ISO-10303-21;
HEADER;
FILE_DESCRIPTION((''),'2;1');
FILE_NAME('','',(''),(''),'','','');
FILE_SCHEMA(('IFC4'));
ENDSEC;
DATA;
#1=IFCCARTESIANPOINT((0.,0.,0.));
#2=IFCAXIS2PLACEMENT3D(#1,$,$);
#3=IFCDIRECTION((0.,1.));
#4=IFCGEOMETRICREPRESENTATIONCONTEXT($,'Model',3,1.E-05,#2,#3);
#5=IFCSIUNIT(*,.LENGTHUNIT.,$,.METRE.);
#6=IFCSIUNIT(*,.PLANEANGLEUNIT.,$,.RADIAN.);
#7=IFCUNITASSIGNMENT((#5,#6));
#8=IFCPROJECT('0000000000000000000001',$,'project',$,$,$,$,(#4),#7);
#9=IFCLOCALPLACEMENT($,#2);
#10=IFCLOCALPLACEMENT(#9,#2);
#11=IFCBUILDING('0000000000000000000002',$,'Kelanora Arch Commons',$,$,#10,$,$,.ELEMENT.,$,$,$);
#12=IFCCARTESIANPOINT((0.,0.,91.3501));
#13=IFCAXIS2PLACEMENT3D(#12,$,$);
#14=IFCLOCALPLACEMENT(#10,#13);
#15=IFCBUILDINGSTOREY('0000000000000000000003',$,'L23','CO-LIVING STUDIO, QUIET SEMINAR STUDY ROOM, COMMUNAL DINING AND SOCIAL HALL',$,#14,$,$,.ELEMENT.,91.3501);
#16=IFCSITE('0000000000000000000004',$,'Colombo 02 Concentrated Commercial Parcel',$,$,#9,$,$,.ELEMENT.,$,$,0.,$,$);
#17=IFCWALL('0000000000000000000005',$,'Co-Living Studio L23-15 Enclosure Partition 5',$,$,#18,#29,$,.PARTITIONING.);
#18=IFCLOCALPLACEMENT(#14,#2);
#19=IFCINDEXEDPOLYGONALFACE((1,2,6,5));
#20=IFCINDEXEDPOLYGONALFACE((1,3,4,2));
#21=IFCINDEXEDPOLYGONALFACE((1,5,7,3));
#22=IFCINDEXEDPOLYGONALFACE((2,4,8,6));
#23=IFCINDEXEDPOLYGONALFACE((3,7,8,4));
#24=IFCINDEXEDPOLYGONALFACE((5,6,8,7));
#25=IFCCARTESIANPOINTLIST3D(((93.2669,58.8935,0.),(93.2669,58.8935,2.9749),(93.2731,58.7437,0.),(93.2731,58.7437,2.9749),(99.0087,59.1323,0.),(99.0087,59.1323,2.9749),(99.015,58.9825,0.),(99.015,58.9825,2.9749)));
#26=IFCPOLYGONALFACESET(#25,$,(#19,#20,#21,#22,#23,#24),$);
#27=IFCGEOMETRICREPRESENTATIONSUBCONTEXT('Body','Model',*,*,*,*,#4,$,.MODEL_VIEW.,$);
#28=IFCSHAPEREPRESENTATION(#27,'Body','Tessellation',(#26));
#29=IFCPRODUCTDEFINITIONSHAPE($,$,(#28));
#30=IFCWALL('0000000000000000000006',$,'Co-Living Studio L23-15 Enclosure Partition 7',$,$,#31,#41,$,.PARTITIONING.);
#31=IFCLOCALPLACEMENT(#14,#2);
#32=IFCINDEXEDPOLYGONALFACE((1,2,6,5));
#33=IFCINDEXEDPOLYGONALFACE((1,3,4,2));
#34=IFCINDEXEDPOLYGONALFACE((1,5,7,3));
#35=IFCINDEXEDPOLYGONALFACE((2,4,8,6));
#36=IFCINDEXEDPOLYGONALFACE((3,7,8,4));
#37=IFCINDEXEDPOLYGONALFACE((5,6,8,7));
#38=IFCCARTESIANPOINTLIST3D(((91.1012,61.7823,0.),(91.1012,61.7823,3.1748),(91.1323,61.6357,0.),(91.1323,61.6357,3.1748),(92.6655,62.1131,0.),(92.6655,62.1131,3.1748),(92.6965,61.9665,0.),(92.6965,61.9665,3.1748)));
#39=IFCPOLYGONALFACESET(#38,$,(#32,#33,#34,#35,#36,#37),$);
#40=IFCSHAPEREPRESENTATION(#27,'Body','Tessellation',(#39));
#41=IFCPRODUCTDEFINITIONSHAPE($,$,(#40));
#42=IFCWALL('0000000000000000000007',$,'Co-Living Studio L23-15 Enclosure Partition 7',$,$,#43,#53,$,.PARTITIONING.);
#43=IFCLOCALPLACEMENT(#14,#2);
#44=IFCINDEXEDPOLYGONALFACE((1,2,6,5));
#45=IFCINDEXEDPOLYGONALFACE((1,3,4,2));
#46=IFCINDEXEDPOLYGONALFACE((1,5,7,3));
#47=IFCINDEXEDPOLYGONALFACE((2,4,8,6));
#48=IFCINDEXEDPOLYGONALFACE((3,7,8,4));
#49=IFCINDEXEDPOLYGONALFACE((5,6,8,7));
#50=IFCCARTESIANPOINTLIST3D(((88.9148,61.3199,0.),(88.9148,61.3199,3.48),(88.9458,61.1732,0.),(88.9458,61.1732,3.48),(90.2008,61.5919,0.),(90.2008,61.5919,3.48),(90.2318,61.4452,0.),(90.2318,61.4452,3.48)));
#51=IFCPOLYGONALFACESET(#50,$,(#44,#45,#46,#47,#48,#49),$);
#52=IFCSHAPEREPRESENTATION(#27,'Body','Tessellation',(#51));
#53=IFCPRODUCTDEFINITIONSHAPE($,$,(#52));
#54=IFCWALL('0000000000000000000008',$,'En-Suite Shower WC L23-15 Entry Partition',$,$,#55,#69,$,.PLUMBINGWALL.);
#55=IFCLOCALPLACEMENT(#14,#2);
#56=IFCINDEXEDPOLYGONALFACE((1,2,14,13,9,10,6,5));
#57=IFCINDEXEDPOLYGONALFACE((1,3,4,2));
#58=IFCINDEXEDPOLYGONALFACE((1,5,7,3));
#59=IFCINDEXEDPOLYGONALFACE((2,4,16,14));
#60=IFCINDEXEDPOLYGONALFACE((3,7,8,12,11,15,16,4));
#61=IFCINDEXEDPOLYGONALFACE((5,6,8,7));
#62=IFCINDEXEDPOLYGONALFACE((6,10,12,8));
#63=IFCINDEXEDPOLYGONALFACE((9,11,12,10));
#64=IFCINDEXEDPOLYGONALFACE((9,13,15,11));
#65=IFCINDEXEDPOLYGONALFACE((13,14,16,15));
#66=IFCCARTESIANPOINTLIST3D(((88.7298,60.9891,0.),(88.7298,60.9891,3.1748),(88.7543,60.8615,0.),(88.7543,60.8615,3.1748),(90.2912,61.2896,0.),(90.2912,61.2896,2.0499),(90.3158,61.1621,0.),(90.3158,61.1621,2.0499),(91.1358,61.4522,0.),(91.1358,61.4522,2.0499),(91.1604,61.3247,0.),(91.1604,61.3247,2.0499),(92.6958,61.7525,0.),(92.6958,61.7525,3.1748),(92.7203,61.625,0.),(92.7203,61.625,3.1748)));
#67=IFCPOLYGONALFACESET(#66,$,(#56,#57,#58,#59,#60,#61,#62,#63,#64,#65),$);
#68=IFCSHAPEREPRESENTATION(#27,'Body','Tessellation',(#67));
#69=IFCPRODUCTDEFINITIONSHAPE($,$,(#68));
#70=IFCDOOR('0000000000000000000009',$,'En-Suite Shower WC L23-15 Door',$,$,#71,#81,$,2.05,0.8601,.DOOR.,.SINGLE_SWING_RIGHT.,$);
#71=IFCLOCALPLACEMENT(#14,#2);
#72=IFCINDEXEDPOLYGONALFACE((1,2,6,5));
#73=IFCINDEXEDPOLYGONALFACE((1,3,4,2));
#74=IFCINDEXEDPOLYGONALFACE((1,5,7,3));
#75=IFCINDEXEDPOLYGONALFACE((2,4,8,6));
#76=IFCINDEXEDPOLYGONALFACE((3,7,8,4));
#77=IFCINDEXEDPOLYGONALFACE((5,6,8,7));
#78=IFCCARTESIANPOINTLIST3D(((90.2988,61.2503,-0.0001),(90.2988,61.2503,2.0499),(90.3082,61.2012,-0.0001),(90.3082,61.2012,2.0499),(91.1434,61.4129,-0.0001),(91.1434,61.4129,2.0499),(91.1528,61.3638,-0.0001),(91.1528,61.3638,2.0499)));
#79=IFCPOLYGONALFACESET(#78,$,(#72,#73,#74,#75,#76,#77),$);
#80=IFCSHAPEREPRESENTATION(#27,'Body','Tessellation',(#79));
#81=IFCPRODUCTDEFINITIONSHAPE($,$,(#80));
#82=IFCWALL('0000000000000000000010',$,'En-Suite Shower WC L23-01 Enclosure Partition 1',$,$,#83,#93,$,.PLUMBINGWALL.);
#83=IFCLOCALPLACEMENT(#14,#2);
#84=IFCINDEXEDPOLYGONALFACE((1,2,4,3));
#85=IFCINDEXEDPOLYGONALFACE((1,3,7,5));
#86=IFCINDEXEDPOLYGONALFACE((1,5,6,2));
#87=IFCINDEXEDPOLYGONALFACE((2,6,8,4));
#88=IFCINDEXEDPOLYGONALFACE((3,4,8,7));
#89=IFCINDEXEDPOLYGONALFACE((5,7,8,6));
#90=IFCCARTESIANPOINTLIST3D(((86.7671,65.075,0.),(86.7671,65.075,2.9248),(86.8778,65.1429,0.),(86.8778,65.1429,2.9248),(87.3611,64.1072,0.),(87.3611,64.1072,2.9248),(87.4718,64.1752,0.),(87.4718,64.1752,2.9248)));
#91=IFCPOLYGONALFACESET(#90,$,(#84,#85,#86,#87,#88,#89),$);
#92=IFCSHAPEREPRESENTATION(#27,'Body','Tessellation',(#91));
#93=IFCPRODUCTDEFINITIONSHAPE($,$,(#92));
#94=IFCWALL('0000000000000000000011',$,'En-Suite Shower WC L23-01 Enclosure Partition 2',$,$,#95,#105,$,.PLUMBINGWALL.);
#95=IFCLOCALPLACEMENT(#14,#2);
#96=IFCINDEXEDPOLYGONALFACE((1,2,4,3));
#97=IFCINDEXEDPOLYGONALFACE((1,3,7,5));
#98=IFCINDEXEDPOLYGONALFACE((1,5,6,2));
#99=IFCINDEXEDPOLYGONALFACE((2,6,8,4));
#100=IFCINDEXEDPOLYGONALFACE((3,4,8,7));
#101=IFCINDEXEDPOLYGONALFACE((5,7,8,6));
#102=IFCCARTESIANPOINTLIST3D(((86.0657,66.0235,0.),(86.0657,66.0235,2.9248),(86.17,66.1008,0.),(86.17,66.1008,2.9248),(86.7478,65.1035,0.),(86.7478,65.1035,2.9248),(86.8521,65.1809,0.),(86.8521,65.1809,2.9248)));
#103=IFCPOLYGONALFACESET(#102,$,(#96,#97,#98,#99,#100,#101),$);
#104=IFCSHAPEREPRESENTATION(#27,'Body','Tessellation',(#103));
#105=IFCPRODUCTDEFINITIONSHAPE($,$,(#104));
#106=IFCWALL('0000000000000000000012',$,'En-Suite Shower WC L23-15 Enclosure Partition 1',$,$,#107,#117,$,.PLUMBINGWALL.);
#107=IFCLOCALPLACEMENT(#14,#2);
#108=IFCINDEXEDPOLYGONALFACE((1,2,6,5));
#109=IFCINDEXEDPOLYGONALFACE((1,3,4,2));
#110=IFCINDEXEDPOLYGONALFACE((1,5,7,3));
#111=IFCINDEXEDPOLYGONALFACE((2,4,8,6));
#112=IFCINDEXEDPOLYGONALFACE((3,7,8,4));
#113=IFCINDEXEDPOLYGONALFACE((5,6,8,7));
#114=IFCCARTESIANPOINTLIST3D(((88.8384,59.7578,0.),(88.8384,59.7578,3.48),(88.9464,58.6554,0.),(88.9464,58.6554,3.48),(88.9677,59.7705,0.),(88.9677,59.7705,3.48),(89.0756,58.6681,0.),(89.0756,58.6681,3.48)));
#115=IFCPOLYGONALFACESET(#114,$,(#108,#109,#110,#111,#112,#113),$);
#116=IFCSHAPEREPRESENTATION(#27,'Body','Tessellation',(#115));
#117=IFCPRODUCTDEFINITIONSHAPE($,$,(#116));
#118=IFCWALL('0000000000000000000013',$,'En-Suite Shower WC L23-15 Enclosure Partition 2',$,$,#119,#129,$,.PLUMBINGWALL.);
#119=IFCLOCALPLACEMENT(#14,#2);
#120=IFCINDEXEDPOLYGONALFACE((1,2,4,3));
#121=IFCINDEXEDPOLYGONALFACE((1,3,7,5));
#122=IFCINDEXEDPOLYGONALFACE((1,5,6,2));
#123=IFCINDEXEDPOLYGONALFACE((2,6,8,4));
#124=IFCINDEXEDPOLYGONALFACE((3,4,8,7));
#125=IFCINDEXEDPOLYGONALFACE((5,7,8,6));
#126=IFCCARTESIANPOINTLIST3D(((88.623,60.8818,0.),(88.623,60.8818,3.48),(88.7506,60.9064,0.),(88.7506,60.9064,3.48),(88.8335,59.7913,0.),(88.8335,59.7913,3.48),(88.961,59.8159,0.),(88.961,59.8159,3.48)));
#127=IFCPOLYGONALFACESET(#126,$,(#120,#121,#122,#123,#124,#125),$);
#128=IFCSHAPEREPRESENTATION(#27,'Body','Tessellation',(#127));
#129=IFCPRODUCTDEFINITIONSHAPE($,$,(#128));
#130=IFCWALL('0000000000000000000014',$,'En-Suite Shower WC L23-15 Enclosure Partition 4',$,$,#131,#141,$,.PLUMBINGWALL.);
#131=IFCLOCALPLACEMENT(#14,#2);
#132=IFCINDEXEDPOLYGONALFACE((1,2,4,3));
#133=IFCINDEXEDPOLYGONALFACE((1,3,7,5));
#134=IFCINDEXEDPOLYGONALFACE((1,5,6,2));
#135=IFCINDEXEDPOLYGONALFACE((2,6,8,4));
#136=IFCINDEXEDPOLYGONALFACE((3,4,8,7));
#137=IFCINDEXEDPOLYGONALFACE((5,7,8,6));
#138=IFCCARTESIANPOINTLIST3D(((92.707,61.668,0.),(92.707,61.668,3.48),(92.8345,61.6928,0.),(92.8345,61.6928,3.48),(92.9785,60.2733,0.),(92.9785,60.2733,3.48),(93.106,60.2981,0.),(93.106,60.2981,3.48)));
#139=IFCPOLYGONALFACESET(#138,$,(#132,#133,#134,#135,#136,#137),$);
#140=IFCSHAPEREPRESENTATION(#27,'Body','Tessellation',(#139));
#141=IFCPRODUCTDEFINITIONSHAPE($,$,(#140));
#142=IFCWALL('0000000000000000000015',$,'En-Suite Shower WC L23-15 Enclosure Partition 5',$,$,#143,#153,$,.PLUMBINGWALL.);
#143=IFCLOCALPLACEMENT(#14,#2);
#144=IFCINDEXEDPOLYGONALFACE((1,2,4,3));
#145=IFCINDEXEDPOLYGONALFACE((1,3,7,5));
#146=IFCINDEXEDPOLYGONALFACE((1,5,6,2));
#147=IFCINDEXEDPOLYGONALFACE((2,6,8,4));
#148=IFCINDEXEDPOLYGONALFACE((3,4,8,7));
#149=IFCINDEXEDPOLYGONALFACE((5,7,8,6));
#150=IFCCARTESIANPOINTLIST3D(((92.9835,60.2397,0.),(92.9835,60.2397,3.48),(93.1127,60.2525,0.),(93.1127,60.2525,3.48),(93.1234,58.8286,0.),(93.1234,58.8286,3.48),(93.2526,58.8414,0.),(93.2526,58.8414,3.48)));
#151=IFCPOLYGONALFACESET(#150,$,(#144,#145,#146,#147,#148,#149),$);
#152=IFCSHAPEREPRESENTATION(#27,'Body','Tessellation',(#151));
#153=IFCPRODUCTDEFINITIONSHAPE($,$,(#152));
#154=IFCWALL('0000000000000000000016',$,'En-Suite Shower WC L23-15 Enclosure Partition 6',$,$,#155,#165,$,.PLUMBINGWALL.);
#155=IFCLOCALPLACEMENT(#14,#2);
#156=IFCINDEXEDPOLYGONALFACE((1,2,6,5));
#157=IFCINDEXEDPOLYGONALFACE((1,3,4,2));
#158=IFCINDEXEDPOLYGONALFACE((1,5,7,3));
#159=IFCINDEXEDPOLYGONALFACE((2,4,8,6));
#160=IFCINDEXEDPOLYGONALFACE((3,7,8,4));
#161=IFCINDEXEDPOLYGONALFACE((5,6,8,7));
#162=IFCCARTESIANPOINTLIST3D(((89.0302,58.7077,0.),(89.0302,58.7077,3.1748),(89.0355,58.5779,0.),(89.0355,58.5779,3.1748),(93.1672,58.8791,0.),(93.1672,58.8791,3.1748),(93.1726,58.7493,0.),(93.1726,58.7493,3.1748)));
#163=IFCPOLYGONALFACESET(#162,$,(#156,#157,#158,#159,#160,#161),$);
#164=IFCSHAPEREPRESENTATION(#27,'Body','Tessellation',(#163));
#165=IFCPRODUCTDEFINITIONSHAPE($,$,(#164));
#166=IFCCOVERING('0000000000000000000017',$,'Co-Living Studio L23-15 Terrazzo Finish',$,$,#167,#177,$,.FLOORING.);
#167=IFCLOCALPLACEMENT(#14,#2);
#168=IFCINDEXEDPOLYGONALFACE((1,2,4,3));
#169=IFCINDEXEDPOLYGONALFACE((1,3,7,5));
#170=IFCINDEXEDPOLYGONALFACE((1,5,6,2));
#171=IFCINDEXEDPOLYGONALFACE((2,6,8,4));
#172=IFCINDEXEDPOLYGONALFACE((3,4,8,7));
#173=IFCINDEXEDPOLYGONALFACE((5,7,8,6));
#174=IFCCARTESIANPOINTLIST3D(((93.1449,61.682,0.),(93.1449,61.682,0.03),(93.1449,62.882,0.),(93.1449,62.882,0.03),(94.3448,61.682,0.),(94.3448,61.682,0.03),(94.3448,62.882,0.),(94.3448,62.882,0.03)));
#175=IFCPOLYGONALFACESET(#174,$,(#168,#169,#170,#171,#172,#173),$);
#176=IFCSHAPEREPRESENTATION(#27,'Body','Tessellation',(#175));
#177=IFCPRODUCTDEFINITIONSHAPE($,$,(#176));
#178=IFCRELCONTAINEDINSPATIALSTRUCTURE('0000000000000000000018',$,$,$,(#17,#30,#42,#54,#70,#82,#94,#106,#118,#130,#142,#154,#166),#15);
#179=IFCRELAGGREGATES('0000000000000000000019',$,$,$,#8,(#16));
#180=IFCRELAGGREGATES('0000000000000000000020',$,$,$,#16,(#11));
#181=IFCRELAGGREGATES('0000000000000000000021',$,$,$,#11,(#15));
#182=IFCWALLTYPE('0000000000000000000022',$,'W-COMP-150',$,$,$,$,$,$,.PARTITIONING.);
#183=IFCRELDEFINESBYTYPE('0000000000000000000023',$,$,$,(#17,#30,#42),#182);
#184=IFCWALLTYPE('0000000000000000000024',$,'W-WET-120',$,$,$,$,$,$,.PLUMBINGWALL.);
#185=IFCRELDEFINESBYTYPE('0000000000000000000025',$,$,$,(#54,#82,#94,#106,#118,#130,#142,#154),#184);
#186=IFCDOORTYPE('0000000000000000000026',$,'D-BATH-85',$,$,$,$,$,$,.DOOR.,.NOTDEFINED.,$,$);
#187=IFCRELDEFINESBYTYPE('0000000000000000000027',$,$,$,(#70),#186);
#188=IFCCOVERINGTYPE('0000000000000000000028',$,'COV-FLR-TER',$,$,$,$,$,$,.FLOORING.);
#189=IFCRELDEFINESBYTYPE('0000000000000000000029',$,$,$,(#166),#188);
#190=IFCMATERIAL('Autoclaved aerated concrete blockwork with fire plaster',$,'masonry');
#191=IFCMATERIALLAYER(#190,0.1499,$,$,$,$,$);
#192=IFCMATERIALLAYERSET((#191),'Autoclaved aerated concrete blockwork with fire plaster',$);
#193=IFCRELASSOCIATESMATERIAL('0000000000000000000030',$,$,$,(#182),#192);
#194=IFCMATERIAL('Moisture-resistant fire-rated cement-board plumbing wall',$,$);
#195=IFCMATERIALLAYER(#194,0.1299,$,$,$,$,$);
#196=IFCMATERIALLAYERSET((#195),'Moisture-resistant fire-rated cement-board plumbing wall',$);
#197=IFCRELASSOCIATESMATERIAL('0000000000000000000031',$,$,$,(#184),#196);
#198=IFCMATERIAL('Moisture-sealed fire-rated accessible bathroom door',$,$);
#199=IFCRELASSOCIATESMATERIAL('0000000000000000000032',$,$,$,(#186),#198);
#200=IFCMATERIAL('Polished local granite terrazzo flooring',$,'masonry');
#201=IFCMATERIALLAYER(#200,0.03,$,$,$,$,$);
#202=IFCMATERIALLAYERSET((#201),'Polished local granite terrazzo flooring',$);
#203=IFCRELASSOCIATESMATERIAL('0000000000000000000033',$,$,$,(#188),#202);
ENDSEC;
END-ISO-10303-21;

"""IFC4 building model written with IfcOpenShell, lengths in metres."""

from ifc_helpers import new_model, si_unit, direction, frame, frame_2d, origin, origin_2d, place, context, subcontext, project, spatial, rectangle, extrude, source, transform, mapped, material, layer, layer_set, type_object, element, fill, save


model = new_model("IFC4")

# Units and contexts
model_context = context("Model", 3, precision=1e-05, world=origin(), true_north=direction((0.0, 1.0)))
body_context = subcontext(model_context, "Body", "Model", "MODEL_VIEW")
ifc_project = project(units=[si_unit("LENGTHUNIT", "METRE"), si_unit("PLANEANGLEUNIT", "RADIAN")], contexts=[model_context])

# Site, building, storey
site_placement = place(None, origin())
site = spatial("IfcSite", under=ifc_project, at=site_placement, Name="Colombo 02 Concentrated Commercial Parcel", CompositionType="ELEMENT", RefElevation=0.0)
building_placement = place(site_placement, origin())
building = spatial("IfcBuilding", under=site, at=building_placement, Name="Kelanora Arch Commons", CompositionType="ELEMENT")
storey_placement = place(building_placement, frame((0.0, 0.0, 91.3501)))
storey = spatial("IfcBuildingStorey", under=building, at=storey_placement, Name="L23", Description="CO-LIVING STUDIO, QUIET SEMINAR STUDY ROOM, COMMUNAL DINING AND SOCIAL HALL", CompositionType="ELEMENT", Elevation=91.3501)

# Shared definitions
ifc_material_1 = material(Name="Autoclaved aerated concrete blockwork with fire plaster", Category="masonry")
ifc_layer_1 = layer(ifc_material_1, 0.1499)
ifc_layer_set_1 = layer_set([ifc_layer_1], Name="Autoclaved aerated concrete blockwork with fire plaster")
wall_type_1 = type_object("IfcWallType", Name="W-COMP-150", PredefinedType="PARTITIONING", material=ifc_layer_set_1)

# Walls
wall_1_placement = place(storey_placement, frame((99.012, 59.0574, 0.0), z_axis=(0.0, 0.0, 1.0), x_axis=(-0.999137, -0.041547, 0.0)))
element("IfcWall", 1, at=wall_1_placement, inside=storey, type_object=wall_type_1, Name="Co-Living Studio L23-15 Enclosure Partition 5", PredefinedType="PARTITIONING", context=body_context, shape_type="SweptSolid", body=[
    extrude(rectangle(XDim=5.7468, YDim=0.1499, at=frame_2d((2.8735, 0.0))), origin(), (0.0, 0.0, 1.0), 2.9749),
])
wall_2_placement = place(storey_placement, frame((92.6809, 62.0398, 0.0), z_axis=(0.0, 0.0, 1.0), x_axis=(-0.97836, -0.206911, 0.0)))
element("IfcWall", 2, at=wall_2_placement, inside=storey, type_object=wall_type_1, Name="Co-Living Studio L23-15 Enclosure Partition 7", PredefinedType="PARTITIONING", context=body_context, shape_type="SweptSolid", body=[
    extrude(rectangle(XDim=1.5989, YDim=0.1499, at=frame_2d((0.7993, 0.0))), origin(), (0.0, 0.0, 1.0), 3.1748),
])
wall_3_placement = place(storey_placement, frame((90.2163, 61.5186, 0.0), z_axis=(0.0, 0.0, 1.0), x_axis=(-0.978356, -0.206928, 0.0)))
element("IfcWall", 3, at=wall_3_placement, inside=storey, type_object=wall_type_1, Name="Co-Living Studio L23-15 Enclosure Partition 7", PredefinedType="PARTITIONING", context=body_context, shape_type="SweptSolid", body=[
    extrude(rectangle(XDim=1.3145, YDim=0.1499, at=frame_2d((0.6572, 0.0))), origin(), (0.0, 0.0, 1.0), 3.48),
])

# Wall, opening, door
ifc_material_2 = material(Name="Moisture-resistant fire-rated cement-board plumbing wall")
ifc_layer_2 = layer(ifc_material_2, 0.1299)
ifc_layer_set_2 = layer_set([ifc_layer_2], Name="Moisture-resistant fire-rated cement-board plumbing wall")
wall_type_2 = type_object("IfcWallType", Name="W-WET-120", PredefinedType="PLUMBINGWALL", material=ifc_layer_set_2)
wall_4_placement = place(storey_placement, frame((88.7419, 60.9253, 0.0), z_axis=(0.0, 0.0, 1.0), x_axis=(0.981973, 0.18902, 0.0)))
wall_4 = element("IfcWall", 4, at=wall_4_placement, inside=storey, type_object=wall_type_2, Name="En-Suite Shower WC L23-15 Entry Partition", PredefinedType="PLUMBINGWALL", context=body_context, shape_type="SweptSolid", body=[
    extrude(rectangle(XDim=4.0388, YDim=0.1299, at=frame_2d((2.0195, 0.0))), origin(), (0.0, 0.0, 1.0), 3.1748),
])
opening_1_placement = place(wall_4_placement, frame((1.5901, 0.0, 0.0)))
opening_1 = element("IfcOpeningElement", 5, at=opening_1_placement, cuts=wall_4, PredefinedType="OPENING", context=body_context, shape_type="SweptSolid", body=[
    extrude(rectangle(XDim=0.8601, YDim=2.05, at=frame_2d((0.4302, 1.0249))), frame((0.0, 0.075, 0.0), z_axis=(0.0, -1.0, 0.0), x_axis=(1.0, 0.0, 0.0)), (0.0, 0.0, 1.0), 0.1499),
])
ifc_material_3 = material(Name="Moisture-sealed fire-rated accessible bathroom door")
door_type_1 = type_object("IfcDoorType", Name="D-BATH-85", OperationType="NOTDEFINED", PredefinedType="DOOR", material=ifc_material_3)
door_1_placement = place(opening_1_placement, origin())
door_1 = element("IfcDoor", 6, at=door_1_placement, inside=storey, type_object=door_type_1, Name="En-Suite Shower WC L23-15 Door", OperationType="SINGLE_SWING_RIGHT", OverallHeight=2.05, OverallWidth=0.8601, PredefinedType="DOOR", context=body_context, shape_type="SweptSolid", body=[
    extrude(rectangle(XDim=0.8601, YDim=2.05, at=frame_2d((0.4302, 1.0249))), frame((0.0, 0.0249, 0.0), z_axis=(0.0, -1.0, 0.0), x_axis=(1.0, 0.0, 0.0)), (0.0, 0.0, 1.0), 0.05),
])
fill(opening_1, door_1)

# Walls
wall_5_placement = place(storey_placement, frame((87.4165, 64.1411, 0.0), z_axis=(0.0, 0.0, 1.0), x_axis=(-0.523101, 0.85227, 0.0)))
element("IfcWall", 7, at=wall_5_placement, inside=storey, type_object=wall_type_2, Name="En-Suite Shower WC L23-01 Enclosure Partition 1", PredefinedType="PLUMBINGWALL", context=body_context, shape_type="SweptSolid", body=[
    extrude(rectangle(XDim=1.1355, YDim=0.1299, at=frame_2d((0.5679, 0.0))), origin(), (0.0, 0.0, 1.0), 2.9248),
])
wall_6_placement = place(storey_placement, frame((86.8, 65.1421, 0.0), z_axis=(0.0, 0.0, 1.0), x_axis=(-0.595625, 0.803263, 0.0)))
element("IfcWall", 8, at=wall_6_placement, inside=storey, type_object=wall_type_2, Name="En-Suite Shower WC L23-01 Enclosure Partition 2", PredefinedType="PLUMBINGWALL", context=body_context, shape_type="SweptSolid", body=[
    extrude(rectangle(XDim=1.1453, YDim=0.1299, at=frame_2d((0.5728, 0.0))), origin(), (0.0, 0.0, 1.0), 2.9248),
])
wall_7_placement = place(storey_placement, frame((89.011, 58.6619, 0.0), z_axis=(0.0, 0.0, 1.0), x_axis=(-0.09743, 0.995242, 0.0)))
element("IfcWall", 9, at=wall_7_placement, inside=storey, type_object=wall_type_2, Name="En-Suite Shower WC L23-15 Enclosure Partition 1", PredefinedType="PLUMBINGWALL", context=body_context, shape_type="SweptSolid", body=[
    extrude(rectangle(XDim=1.1077, YDim=0.1299, at=frame_2d((0.5537, 0.0))), origin(), (0.0, 0.0, 1.0), 3.48),
])
wall_8_placement = place(storey_placement, frame((88.8972, 59.8037, 0.0), z_axis=(0.0, 0.0, 1.0), x_axis=(-0.189475, 0.981886, 0.0)))
element("IfcWall", 10, at=wall_8_placement, inside=storey, type_object=wall_type_2, Name="En-Suite Shower WC L23-15 Enclosure Partition 2", PredefinedType="PLUMBINGWALL", context=body_context, shape_type="SweptSolid", body=[
    extrude(rectangle(XDim=1.1106, YDim=0.1299, at=frame_2d((0.5552, 0.0))), origin(), (0.0, 0.0, 1.0), 3.48),
])
wall_9_placement = place(storey_placement, frame((92.7708, 61.6804, 0.0), z_axis=(0.0, 0.0, 1.0), x_axis=(0.191058, -0.981579, 0.0)))
element("IfcWall", 11, at=wall_9_placement, inside=storey, type_object=wall_type_2, Name="En-Suite Shower WC L23-15 Enclosure Partition 4", PredefinedType="PLUMBINGWALL", context=body_context, shape_type="SweptSolid", body=[
    extrude(rectangle(XDim=1.4209, YDim=0.1299, at=frame_2d((0.7104, 0.0))), origin(), (0.0, 0.0, 1.0), 3.48),
])
wall_10_placement = place(storey_placement, frame((93.0481, 60.2461, 0.0), z_axis=(0.0, 0.0, 1.0), x_axis=(0.098651, -0.995122, 0.0)))
element("IfcWall", 12, at=wall_10_placement, inside=storey, type_object=wall_type_2, Name="En-Suite Shower WC L23-15 Enclosure Partition 5", PredefinedType="PLUMBINGWALL", context=body_context, shape_type="SweptSolid", body=[
    extrude(rectangle(XDim=1.418, YDim=0.1299, at=frame_2d((0.709, 0.0))), origin(), (0.0, 0.0, 1.0), 3.48),
])
wall_11_placement = place(storey_placement, frame((93.1699, 58.8142, 0.0), z_axis=(0.0, 0.0, 1.0), x_axis=(-0.999143, -0.041393, 0.0)))
element("IfcWall", 13, at=wall_11_placement, inside=storey, type_object=wall_type_2, Name="En-Suite Shower WC L23-15 Enclosure Partition 6", PredefinedType="PLUMBINGWALL", context=body_context, shape_type="SweptSolid", body=[
    extrude(rectangle(XDim=4.1406, YDim=0.1299, at=frame_2d((2.0703, 0.0))), origin(), (0.0, 0.0, 1.0), 3.1748),
])

# Covering
ifc_material_4 = material(Name="Polished local granite terrazzo flooring", Category="masonry")
ifc_layer_3 = layer(ifc_material_4, 0.03)
ifc_layer_set_3 = layer_set([ifc_layer_3], Name="Polished local granite terrazzo flooring")
covering_type = type_object("IfcCoveringType", Name="COV-FLR-TER", PredefinedType="FLOORING", material=ifc_layer_set_3)
shared_shape_1 = source(origin(), body_context, "Body", "SweptSolid", [
    extrude(rectangle(XDim=1.2, YDim=1.2, at=origin_2d()), origin(), (0.0, 0.0, 1.0), 0.03),
])
covering_placement = place(storey_placement, frame((93.7449, 62.282, 0.0), z_axis=(0.0, 0.0, 1.0), x_axis=(1.0, 0.0, 0.0)))
element("IfcCovering", 14, at=covering_placement, inside=storey, type_object=covering_type, Name="Co-Living Studio L23-15 Terrazzo Finish", PredefinedType="FLOORING", context=body_context, shape_type="MappedRepresentation", body=[
    mapped(shared_shape_1, transform((0.0, 0.0, 0.0), scale=1.0)),
])

save(model, "model.ifc")
